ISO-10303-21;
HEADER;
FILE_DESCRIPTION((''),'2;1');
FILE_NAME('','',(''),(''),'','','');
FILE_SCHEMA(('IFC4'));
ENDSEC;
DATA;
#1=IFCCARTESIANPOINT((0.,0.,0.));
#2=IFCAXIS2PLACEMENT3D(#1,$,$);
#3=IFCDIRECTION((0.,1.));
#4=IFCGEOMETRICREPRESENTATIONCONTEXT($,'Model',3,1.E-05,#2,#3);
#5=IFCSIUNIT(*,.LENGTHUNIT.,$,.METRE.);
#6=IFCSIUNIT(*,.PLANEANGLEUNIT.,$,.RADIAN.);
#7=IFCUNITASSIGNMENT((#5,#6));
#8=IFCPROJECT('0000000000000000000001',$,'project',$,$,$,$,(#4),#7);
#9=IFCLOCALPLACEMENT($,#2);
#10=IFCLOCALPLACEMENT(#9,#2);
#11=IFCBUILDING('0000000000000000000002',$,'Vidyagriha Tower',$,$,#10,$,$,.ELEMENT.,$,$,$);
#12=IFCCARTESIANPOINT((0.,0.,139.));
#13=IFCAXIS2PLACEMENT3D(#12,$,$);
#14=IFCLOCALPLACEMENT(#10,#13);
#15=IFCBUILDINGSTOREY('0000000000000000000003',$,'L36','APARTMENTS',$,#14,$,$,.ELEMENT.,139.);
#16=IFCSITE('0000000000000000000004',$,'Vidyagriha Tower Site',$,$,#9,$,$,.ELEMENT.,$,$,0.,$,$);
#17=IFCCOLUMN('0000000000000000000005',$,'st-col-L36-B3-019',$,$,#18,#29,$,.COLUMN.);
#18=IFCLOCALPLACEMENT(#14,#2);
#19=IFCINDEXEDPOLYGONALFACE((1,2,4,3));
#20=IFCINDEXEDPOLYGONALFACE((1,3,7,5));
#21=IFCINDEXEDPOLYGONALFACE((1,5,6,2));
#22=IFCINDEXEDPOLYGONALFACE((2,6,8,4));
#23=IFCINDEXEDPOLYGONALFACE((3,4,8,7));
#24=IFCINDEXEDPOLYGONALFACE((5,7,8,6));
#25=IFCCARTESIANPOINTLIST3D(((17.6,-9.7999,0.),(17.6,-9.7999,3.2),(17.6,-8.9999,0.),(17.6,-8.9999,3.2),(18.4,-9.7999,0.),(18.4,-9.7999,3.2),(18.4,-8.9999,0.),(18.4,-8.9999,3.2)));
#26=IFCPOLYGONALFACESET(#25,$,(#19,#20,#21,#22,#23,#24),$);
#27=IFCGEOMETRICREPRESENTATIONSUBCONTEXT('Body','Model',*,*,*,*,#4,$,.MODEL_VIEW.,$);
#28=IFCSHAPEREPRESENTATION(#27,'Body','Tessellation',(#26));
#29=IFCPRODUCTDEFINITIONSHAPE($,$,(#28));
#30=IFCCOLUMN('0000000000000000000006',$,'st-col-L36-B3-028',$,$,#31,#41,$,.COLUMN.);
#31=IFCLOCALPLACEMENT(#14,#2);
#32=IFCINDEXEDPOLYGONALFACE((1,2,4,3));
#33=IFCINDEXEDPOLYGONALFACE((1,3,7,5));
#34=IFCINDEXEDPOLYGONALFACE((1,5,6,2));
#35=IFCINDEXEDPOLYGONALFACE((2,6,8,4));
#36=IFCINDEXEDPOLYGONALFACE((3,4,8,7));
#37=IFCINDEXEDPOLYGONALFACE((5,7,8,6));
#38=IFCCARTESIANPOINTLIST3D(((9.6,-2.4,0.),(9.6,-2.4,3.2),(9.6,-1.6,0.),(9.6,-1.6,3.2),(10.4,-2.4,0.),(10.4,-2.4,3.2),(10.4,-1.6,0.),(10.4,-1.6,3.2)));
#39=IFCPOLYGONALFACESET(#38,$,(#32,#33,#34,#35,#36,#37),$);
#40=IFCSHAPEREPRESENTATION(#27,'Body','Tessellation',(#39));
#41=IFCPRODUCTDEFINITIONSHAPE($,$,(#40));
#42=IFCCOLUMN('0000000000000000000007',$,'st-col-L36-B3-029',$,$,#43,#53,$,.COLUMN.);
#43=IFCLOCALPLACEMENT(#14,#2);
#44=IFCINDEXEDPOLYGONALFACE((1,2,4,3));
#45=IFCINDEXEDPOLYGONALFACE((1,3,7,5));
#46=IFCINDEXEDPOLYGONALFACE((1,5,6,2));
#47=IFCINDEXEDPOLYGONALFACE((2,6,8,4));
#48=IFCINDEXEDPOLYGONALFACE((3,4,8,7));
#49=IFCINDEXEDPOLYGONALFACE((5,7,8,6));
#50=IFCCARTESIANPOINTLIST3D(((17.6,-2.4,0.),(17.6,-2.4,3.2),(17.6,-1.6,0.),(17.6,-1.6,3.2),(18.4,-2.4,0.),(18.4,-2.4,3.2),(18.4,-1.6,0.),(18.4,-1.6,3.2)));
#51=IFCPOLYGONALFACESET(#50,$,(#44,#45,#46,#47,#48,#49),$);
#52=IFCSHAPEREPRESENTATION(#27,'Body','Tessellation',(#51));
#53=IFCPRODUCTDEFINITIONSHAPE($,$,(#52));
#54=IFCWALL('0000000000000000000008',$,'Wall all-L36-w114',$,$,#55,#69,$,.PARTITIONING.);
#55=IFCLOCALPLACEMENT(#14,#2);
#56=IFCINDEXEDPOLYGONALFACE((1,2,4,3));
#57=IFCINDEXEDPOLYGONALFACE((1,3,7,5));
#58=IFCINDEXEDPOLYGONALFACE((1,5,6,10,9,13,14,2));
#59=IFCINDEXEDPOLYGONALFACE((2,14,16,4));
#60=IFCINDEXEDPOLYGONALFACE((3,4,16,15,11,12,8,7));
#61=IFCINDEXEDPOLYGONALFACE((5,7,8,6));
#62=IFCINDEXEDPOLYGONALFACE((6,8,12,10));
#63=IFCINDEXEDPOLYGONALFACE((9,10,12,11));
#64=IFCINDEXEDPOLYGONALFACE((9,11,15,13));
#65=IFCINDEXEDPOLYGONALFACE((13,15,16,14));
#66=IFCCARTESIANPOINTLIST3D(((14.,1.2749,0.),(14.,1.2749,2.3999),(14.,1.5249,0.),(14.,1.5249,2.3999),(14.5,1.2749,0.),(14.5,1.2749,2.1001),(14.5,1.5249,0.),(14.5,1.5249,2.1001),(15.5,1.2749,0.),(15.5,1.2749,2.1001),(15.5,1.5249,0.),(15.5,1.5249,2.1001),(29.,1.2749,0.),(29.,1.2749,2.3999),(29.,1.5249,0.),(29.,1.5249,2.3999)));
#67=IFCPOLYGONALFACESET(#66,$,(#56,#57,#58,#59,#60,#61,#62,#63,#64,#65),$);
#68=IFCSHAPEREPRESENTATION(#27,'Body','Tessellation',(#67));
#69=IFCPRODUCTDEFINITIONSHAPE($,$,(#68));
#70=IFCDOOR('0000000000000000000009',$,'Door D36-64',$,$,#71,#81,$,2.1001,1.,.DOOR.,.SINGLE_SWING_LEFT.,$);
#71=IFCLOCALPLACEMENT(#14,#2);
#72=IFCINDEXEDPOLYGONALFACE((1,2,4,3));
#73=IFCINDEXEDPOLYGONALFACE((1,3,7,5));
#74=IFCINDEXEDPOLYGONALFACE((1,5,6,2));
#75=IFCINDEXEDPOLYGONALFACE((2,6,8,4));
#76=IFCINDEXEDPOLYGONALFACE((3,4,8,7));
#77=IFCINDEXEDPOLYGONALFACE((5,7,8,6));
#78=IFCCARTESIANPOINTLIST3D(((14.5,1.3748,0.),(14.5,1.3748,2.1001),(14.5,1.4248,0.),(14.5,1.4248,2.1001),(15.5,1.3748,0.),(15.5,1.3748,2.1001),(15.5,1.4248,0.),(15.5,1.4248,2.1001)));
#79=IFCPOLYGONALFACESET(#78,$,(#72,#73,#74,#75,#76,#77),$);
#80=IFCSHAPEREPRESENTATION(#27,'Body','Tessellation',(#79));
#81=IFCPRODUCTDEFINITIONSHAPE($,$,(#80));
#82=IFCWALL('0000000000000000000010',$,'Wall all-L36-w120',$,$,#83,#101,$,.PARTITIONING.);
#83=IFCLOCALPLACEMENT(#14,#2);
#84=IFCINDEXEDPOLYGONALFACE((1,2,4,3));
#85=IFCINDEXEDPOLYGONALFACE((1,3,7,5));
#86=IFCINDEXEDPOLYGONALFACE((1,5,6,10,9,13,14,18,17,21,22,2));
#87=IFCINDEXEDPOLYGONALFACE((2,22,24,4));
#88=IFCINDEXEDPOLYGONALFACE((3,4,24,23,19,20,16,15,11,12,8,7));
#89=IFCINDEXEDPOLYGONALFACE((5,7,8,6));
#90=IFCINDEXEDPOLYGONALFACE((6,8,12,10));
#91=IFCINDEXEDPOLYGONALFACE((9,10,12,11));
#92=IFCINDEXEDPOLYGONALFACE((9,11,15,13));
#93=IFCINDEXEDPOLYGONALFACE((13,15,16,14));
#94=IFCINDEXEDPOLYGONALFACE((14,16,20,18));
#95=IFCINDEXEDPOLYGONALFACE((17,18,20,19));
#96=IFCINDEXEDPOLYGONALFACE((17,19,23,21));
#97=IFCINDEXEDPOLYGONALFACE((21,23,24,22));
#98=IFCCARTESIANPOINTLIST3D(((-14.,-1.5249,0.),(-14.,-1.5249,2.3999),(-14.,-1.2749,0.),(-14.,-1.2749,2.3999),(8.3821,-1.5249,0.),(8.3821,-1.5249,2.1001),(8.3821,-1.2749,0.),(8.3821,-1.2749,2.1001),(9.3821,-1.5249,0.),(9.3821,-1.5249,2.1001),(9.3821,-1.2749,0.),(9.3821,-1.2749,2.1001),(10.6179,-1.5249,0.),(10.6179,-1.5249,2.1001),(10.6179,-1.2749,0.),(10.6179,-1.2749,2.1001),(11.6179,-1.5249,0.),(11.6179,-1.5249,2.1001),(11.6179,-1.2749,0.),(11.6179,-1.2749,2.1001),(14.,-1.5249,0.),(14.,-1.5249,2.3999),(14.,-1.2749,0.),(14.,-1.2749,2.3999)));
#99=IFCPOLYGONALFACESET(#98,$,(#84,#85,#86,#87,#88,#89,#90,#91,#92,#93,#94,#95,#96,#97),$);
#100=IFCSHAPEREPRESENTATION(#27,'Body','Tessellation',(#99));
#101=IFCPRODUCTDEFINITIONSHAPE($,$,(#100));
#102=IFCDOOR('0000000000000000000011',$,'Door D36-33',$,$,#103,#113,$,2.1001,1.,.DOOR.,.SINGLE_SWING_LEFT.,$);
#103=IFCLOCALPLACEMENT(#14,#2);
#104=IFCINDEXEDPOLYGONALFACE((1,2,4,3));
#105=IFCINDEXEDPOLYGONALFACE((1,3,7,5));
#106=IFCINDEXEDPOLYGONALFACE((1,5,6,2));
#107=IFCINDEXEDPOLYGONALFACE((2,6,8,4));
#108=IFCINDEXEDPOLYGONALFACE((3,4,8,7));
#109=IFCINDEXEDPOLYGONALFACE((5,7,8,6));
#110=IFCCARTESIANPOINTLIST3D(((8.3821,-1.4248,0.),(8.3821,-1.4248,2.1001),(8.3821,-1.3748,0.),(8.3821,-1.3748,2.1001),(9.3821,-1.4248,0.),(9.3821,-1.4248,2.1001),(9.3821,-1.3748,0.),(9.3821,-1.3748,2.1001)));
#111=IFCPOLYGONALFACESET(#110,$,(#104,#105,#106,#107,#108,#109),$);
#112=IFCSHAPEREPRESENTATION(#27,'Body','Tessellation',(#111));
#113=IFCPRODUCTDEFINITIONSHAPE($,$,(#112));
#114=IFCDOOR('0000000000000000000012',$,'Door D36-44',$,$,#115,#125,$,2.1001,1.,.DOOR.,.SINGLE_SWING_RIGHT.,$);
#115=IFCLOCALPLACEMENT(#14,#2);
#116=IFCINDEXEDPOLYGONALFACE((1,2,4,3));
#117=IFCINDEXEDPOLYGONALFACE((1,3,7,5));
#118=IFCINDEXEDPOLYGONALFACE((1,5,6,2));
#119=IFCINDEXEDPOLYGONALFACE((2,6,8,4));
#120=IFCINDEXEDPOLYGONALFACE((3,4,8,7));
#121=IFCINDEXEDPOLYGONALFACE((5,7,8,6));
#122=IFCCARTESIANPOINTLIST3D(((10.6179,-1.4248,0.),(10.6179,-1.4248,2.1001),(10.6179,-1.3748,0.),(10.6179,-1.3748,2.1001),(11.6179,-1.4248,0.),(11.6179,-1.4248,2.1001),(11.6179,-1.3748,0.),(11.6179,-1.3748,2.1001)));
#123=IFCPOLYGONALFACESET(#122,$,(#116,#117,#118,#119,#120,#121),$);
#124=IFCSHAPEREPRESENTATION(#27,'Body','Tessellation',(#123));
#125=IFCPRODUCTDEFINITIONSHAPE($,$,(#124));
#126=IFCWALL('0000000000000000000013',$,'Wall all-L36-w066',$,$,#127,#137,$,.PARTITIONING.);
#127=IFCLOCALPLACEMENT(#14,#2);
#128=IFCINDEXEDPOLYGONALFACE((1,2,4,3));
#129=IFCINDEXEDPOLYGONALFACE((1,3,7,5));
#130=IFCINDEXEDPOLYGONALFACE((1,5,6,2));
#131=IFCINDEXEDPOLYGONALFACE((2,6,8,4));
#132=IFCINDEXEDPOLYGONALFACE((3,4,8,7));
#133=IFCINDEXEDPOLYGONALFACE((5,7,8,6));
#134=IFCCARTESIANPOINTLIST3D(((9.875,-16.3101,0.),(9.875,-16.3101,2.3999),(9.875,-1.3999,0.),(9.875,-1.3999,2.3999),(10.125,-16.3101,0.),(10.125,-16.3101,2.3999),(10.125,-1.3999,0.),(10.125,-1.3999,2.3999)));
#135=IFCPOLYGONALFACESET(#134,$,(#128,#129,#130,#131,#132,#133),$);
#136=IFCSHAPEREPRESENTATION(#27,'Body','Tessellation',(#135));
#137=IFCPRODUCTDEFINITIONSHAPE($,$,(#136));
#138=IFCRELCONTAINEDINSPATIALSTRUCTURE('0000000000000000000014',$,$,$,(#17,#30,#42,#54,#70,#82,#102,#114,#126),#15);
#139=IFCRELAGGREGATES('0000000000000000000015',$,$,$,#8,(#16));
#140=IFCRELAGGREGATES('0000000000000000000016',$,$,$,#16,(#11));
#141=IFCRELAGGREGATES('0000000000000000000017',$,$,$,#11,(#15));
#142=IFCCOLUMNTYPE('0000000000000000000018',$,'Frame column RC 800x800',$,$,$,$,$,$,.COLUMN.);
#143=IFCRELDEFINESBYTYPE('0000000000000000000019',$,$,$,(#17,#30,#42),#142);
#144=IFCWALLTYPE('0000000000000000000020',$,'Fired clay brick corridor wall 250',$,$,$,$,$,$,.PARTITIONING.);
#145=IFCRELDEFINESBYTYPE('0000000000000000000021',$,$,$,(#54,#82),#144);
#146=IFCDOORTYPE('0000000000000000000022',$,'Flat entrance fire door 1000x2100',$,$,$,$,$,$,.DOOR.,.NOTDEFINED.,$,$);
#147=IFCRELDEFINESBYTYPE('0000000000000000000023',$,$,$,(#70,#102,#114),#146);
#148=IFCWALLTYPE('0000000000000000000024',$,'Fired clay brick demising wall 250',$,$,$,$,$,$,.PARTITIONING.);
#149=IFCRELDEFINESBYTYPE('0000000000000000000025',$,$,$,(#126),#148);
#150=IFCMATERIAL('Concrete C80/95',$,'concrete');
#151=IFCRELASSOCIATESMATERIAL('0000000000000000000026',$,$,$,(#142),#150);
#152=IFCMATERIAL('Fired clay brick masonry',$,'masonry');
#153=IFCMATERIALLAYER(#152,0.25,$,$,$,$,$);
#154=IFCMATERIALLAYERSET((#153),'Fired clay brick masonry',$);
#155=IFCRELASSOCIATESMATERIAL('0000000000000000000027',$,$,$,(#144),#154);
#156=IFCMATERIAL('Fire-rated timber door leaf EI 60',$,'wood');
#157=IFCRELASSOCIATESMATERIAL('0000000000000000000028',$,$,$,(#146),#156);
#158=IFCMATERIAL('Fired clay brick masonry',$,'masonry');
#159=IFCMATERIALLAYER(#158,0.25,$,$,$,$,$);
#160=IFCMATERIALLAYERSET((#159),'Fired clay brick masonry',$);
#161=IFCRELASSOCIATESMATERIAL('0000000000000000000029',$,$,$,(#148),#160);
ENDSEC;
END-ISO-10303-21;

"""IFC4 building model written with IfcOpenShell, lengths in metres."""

from ifc_helpers import new_model, si_unit, direction, frame, frame_2d, origin, origin_2d, place, context, subcontext, project, spatial, rectangle, extrude, material, layer, layer_set, material_profile, profile_set, type_object, element, fill, save


model = new_model("IFC4")

# Units and contexts
model_context = context("Model", 3, precision=1e-05, world=origin(), true_north=direction((0.0, 1.0)))
body_context = subcontext(model_context, "Body", "Model", "MODEL_VIEW")
ifc_project = project(units=[si_unit("LENGTHUNIT", "METRE"), si_unit("PLANEANGLEUNIT", "RADIAN")], contexts=[model_context])

# Site, building, storey
site_placement = place(None, origin())
site = spatial("IfcSite", under=ifc_project, at=site_placement, Name="Vidyagriha Tower Site", CompositionType="ELEMENT", RefElevation=0.0)
building_placement = place(site_placement, origin())
building = spatial("IfcBuilding", under=site, at=building_placement, Name="Vidyagriha Tower", CompositionType="ELEMENT")
storey_placement = place(building_placement, frame((0.0, 0.0, 139.0)))
storey = spatial("IfcBuildingStorey", under=building, at=storey_placement, Name="L36", Description="APARTMENTS", CompositionType="ELEMENT", Elevation=139.0)

# Columns
ifc_material_1 = material(Name="Concrete C80/95", Category="concrete")
ifc_material_profile = material_profile(ifc_material_1, rectangle(XDim=0.8, YDim=0.8, at=origin_2d()), Name="RC 800x800")
ifc_profile_set = profile_set([ifc_material_profile], Name="Concrete C80/95")
column_type = type_object("IfcColumnType", Name="Frame column RC 800x800", PredefinedType="COLUMN", material=ifc_profile_set)
for number, where, name in (
    (1, (18.0, -9.3999, 0.0), "st-col-L36-B3-019"),
    (2, (10.0, -2.0, 0.0), "st-col-L36-B3-028"),
    (3, (18.0, -2.0, 0.0), "st-col-L36-B3-029"),
):
    element("IfcColumn", number, at=place(storey_placement, frame(where)), inside=storey, type_object=column_type, Name=name, PredefinedType="COLUMN", context=body_context, shape_type="SweptSolid", body=[
        extrude(rectangle(XDim=0.8, YDim=0.8, at=origin_2d()), origin(), (0.0, 0.0, 1.0), 3.2),
    ])

# Wall, opening, door
ifc_material_2 = material(Name="Fired clay brick masonry", Category="masonry")
ifc_layer_1 = layer(ifc_material_2, 0.25)
ifc_layer_set_1 = layer_set([ifc_layer_1], Name="Fired clay brick masonry")
wall_type_1 = type_object("IfcWallType", Name="Fired clay brick corridor wall 250", PredefinedType="PARTITIONING", material=ifc_layer_set_1)
wall_1_placement = place(storey_placement, frame((14.0, 1.3999, 0.0)))
wall_1 = element("IfcWall", 4, at=wall_1_placement, inside=storey, type_object=wall_type_1, Name="Wall all-L36-w114", PredefinedType="PARTITIONING", context=body_context, shape_type="SweptSolid", body=[
    extrude(rectangle(XDim=15.0, YDim=0.25, at=frame_2d((7.5, 0.0))), origin(), (0.0, 0.0, 1.0), 2.3999),
])
opening_1_placement = place(wall_1_placement, frame((0.5, 0.0, 0.0)))
opening_1 = element("IfcOpeningElement", 5, at=opening_1_placement, cuts=wall_1, PredefinedType="OPENING", context=body_context, shape_type="SweptSolid", body=[
    extrude(rectangle(XDim=1.0, YDim=2.1001, at=frame_2d((0.5, 1.05))), frame((0.0, 0.135, 0.0), z_axis=(0.0, -1.0, 0.0), x_axis=(1.0, 0.0, 0.0)), (0.0, 0.0, 1.0), 0.27),
])
ifc_material_3 = material(Name="Fire-rated timber door leaf EI 60", Category="wood")
door_type_1 = type_object("IfcDoorType", Name="Flat entrance fire door 1000x2100", OperationType="NOTDEFINED", PredefinedType="DOOR", material=ifc_material_3)
door_1_placement = place(opening_1_placement, origin())
door_1 = element("IfcDoor", 6, at=door_1_placement, inside=storey, type_object=door_type_1, Name="Door D36-64", OperationType="SINGLE_SWING_LEFT", OverallHeight=2.1001, OverallWidth=1.0, PredefinedType="DOOR", context=body_context, shape_type="SweptSolid", body=[
    extrude(rectangle(XDim=1.0, YDim=2.1001, at=frame_2d((0.5, 1.05))), frame((0.0, 0.0249, 0.0), z_axis=(0.0, -1.0, 0.0), x_axis=(1.0, 0.0, 0.0)), (0.0, 0.0, 1.0), 0.05),
])
fill(opening_1, door_1)

# Wall, openings, doors
wall_2_placement = place(storey_placement, frame((14.0, -1.3999, 0.0), z_axis=(0.0, 0.0, 1.0), x_axis=(-1.0, 0.0, 0.0)))
wall_2 = element("IfcWall", 7, at=wall_2_placement, inside=storey, type_object=wall_type_1, Name="Wall all-L36-w120", PredefinedType="PARTITIONING", context=body_context, shape_type="SweptSolid", body=[
    extrude(rectangle(XDim=28.0, YDim=0.25, at=frame_2d((14.0, 0.0))), origin(), (0.0, 0.0, 1.0), 2.3999),
])
opening_2_placement = place(wall_2_placement, frame((4.6179, 0.0, 0.0)))
opening_2 = element("IfcOpeningElement", 8, at=opening_2_placement, cuts=wall_2, PredefinedType="OPENING", context=body_context, shape_type="SweptSolid", body=[
    extrude(rectangle(XDim=1.0, YDim=2.1001, at=frame_2d((0.5, 1.05))), frame((0.0, 0.135, 0.0), z_axis=(0.0, -1.0, 0.0), x_axis=(1.0, 0.0, 0.0)), (0.0, 0.0, 1.0), 0.27),
])
opening_3_placement = place(wall_2_placement, frame((2.3821, 0.0, 0.0)))
opening_3 = element("IfcOpeningElement", 9, at=opening_3_placement, cuts=wall_2, PredefinedType="OPENING", context=body_context, shape_type="SweptSolid", body=[
    extrude(rectangle(XDim=1.0, YDim=2.1001, at=frame_2d((0.5, 1.05))), frame((0.0, 0.135, 0.0), z_axis=(0.0, -1.0, 0.0), x_axis=(1.0, 0.0, 0.0)), (0.0, 0.0, 1.0), 0.27),
])
door_2_placement = place(opening_2_placement, origin())
door_2 = element("IfcDoor", 10, at=door_2_placement, inside=storey, type_object=door_type_1, Name="Door D36-33", OperationType="SINGLE_SWING_LEFT", OverallHeight=2.1001, OverallWidth=1.0, PredefinedType="DOOR", context=body_context, shape_type="SweptSolid", body=[
    extrude(rectangle(XDim=1.0, YDim=2.1001, at=frame_2d((0.5, 1.05))), frame((0.0, 0.0249, 0.0), z_axis=(0.0, -1.0, 0.0), x_axis=(1.0, 0.0, 0.0)), (0.0, 0.0, 1.0), 0.05),
])
fill(opening_2, door_2)
door_3_placement = place(opening_3_placement, origin())
door_3 = element("IfcDoor", 11, at=door_3_placement, inside=storey, type_object=door_type_1, Name="Door D36-44", OperationType="SINGLE_SWING_RIGHT", OverallHeight=2.1001, OverallWidth=1.0, PredefinedType="DOOR", context=body_context, shape_type="SweptSolid", body=[
    extrude(rectangle(XDim=1.0, YDim=2.1001, at=frame_2d((0.5, 1.05))), frame((0.0, 0.0249, 0.0), z_axis=(0.0, -1.0, 0.0), x_axis=(1.0, 0.0, 0.0)), (0.0, 0.0, 1.0), 0.05),
])
fill(opening_3, door_3)

# Wall
ifc_material_4 = material(Name="Fired clay brick masonry", Category="masonry")
ifc_layer_2 = layer(ifc_material_4, 0.25)
ifc_layer_set_2 = layer_set([ifc_layer_2], Name="Fired clay brick masonry")
wall_type_2 = type_object("IfcWallType", Name="Fired clay brick demising wall 250", PredefinedType="PARTITIONING", material=ifc_layer_set_2)
wall_3_placement = place(storey_placement, frame((10.0, -1.3999, 0.0), z_axis=(0.0, 0.0, 1.0), x_axis=(0.0, -1.0, 0.0)))
element("IfcWall", 12, at=wall_3_placement, inside=storey, type_object=wall_type_2, Name="Wall all-L36-w066", PredefinedType="PARTITIONING", context=body_context, shape_type="SweptSolid", body=[
    extrude(rectangle(XDim=14.9102, YDim=0.25, at=frame_2d((7.4551, 0.0))), origin(), (0.0, 0.0, 1.0), 2.3999),
])

save(model, "model.ifc")
